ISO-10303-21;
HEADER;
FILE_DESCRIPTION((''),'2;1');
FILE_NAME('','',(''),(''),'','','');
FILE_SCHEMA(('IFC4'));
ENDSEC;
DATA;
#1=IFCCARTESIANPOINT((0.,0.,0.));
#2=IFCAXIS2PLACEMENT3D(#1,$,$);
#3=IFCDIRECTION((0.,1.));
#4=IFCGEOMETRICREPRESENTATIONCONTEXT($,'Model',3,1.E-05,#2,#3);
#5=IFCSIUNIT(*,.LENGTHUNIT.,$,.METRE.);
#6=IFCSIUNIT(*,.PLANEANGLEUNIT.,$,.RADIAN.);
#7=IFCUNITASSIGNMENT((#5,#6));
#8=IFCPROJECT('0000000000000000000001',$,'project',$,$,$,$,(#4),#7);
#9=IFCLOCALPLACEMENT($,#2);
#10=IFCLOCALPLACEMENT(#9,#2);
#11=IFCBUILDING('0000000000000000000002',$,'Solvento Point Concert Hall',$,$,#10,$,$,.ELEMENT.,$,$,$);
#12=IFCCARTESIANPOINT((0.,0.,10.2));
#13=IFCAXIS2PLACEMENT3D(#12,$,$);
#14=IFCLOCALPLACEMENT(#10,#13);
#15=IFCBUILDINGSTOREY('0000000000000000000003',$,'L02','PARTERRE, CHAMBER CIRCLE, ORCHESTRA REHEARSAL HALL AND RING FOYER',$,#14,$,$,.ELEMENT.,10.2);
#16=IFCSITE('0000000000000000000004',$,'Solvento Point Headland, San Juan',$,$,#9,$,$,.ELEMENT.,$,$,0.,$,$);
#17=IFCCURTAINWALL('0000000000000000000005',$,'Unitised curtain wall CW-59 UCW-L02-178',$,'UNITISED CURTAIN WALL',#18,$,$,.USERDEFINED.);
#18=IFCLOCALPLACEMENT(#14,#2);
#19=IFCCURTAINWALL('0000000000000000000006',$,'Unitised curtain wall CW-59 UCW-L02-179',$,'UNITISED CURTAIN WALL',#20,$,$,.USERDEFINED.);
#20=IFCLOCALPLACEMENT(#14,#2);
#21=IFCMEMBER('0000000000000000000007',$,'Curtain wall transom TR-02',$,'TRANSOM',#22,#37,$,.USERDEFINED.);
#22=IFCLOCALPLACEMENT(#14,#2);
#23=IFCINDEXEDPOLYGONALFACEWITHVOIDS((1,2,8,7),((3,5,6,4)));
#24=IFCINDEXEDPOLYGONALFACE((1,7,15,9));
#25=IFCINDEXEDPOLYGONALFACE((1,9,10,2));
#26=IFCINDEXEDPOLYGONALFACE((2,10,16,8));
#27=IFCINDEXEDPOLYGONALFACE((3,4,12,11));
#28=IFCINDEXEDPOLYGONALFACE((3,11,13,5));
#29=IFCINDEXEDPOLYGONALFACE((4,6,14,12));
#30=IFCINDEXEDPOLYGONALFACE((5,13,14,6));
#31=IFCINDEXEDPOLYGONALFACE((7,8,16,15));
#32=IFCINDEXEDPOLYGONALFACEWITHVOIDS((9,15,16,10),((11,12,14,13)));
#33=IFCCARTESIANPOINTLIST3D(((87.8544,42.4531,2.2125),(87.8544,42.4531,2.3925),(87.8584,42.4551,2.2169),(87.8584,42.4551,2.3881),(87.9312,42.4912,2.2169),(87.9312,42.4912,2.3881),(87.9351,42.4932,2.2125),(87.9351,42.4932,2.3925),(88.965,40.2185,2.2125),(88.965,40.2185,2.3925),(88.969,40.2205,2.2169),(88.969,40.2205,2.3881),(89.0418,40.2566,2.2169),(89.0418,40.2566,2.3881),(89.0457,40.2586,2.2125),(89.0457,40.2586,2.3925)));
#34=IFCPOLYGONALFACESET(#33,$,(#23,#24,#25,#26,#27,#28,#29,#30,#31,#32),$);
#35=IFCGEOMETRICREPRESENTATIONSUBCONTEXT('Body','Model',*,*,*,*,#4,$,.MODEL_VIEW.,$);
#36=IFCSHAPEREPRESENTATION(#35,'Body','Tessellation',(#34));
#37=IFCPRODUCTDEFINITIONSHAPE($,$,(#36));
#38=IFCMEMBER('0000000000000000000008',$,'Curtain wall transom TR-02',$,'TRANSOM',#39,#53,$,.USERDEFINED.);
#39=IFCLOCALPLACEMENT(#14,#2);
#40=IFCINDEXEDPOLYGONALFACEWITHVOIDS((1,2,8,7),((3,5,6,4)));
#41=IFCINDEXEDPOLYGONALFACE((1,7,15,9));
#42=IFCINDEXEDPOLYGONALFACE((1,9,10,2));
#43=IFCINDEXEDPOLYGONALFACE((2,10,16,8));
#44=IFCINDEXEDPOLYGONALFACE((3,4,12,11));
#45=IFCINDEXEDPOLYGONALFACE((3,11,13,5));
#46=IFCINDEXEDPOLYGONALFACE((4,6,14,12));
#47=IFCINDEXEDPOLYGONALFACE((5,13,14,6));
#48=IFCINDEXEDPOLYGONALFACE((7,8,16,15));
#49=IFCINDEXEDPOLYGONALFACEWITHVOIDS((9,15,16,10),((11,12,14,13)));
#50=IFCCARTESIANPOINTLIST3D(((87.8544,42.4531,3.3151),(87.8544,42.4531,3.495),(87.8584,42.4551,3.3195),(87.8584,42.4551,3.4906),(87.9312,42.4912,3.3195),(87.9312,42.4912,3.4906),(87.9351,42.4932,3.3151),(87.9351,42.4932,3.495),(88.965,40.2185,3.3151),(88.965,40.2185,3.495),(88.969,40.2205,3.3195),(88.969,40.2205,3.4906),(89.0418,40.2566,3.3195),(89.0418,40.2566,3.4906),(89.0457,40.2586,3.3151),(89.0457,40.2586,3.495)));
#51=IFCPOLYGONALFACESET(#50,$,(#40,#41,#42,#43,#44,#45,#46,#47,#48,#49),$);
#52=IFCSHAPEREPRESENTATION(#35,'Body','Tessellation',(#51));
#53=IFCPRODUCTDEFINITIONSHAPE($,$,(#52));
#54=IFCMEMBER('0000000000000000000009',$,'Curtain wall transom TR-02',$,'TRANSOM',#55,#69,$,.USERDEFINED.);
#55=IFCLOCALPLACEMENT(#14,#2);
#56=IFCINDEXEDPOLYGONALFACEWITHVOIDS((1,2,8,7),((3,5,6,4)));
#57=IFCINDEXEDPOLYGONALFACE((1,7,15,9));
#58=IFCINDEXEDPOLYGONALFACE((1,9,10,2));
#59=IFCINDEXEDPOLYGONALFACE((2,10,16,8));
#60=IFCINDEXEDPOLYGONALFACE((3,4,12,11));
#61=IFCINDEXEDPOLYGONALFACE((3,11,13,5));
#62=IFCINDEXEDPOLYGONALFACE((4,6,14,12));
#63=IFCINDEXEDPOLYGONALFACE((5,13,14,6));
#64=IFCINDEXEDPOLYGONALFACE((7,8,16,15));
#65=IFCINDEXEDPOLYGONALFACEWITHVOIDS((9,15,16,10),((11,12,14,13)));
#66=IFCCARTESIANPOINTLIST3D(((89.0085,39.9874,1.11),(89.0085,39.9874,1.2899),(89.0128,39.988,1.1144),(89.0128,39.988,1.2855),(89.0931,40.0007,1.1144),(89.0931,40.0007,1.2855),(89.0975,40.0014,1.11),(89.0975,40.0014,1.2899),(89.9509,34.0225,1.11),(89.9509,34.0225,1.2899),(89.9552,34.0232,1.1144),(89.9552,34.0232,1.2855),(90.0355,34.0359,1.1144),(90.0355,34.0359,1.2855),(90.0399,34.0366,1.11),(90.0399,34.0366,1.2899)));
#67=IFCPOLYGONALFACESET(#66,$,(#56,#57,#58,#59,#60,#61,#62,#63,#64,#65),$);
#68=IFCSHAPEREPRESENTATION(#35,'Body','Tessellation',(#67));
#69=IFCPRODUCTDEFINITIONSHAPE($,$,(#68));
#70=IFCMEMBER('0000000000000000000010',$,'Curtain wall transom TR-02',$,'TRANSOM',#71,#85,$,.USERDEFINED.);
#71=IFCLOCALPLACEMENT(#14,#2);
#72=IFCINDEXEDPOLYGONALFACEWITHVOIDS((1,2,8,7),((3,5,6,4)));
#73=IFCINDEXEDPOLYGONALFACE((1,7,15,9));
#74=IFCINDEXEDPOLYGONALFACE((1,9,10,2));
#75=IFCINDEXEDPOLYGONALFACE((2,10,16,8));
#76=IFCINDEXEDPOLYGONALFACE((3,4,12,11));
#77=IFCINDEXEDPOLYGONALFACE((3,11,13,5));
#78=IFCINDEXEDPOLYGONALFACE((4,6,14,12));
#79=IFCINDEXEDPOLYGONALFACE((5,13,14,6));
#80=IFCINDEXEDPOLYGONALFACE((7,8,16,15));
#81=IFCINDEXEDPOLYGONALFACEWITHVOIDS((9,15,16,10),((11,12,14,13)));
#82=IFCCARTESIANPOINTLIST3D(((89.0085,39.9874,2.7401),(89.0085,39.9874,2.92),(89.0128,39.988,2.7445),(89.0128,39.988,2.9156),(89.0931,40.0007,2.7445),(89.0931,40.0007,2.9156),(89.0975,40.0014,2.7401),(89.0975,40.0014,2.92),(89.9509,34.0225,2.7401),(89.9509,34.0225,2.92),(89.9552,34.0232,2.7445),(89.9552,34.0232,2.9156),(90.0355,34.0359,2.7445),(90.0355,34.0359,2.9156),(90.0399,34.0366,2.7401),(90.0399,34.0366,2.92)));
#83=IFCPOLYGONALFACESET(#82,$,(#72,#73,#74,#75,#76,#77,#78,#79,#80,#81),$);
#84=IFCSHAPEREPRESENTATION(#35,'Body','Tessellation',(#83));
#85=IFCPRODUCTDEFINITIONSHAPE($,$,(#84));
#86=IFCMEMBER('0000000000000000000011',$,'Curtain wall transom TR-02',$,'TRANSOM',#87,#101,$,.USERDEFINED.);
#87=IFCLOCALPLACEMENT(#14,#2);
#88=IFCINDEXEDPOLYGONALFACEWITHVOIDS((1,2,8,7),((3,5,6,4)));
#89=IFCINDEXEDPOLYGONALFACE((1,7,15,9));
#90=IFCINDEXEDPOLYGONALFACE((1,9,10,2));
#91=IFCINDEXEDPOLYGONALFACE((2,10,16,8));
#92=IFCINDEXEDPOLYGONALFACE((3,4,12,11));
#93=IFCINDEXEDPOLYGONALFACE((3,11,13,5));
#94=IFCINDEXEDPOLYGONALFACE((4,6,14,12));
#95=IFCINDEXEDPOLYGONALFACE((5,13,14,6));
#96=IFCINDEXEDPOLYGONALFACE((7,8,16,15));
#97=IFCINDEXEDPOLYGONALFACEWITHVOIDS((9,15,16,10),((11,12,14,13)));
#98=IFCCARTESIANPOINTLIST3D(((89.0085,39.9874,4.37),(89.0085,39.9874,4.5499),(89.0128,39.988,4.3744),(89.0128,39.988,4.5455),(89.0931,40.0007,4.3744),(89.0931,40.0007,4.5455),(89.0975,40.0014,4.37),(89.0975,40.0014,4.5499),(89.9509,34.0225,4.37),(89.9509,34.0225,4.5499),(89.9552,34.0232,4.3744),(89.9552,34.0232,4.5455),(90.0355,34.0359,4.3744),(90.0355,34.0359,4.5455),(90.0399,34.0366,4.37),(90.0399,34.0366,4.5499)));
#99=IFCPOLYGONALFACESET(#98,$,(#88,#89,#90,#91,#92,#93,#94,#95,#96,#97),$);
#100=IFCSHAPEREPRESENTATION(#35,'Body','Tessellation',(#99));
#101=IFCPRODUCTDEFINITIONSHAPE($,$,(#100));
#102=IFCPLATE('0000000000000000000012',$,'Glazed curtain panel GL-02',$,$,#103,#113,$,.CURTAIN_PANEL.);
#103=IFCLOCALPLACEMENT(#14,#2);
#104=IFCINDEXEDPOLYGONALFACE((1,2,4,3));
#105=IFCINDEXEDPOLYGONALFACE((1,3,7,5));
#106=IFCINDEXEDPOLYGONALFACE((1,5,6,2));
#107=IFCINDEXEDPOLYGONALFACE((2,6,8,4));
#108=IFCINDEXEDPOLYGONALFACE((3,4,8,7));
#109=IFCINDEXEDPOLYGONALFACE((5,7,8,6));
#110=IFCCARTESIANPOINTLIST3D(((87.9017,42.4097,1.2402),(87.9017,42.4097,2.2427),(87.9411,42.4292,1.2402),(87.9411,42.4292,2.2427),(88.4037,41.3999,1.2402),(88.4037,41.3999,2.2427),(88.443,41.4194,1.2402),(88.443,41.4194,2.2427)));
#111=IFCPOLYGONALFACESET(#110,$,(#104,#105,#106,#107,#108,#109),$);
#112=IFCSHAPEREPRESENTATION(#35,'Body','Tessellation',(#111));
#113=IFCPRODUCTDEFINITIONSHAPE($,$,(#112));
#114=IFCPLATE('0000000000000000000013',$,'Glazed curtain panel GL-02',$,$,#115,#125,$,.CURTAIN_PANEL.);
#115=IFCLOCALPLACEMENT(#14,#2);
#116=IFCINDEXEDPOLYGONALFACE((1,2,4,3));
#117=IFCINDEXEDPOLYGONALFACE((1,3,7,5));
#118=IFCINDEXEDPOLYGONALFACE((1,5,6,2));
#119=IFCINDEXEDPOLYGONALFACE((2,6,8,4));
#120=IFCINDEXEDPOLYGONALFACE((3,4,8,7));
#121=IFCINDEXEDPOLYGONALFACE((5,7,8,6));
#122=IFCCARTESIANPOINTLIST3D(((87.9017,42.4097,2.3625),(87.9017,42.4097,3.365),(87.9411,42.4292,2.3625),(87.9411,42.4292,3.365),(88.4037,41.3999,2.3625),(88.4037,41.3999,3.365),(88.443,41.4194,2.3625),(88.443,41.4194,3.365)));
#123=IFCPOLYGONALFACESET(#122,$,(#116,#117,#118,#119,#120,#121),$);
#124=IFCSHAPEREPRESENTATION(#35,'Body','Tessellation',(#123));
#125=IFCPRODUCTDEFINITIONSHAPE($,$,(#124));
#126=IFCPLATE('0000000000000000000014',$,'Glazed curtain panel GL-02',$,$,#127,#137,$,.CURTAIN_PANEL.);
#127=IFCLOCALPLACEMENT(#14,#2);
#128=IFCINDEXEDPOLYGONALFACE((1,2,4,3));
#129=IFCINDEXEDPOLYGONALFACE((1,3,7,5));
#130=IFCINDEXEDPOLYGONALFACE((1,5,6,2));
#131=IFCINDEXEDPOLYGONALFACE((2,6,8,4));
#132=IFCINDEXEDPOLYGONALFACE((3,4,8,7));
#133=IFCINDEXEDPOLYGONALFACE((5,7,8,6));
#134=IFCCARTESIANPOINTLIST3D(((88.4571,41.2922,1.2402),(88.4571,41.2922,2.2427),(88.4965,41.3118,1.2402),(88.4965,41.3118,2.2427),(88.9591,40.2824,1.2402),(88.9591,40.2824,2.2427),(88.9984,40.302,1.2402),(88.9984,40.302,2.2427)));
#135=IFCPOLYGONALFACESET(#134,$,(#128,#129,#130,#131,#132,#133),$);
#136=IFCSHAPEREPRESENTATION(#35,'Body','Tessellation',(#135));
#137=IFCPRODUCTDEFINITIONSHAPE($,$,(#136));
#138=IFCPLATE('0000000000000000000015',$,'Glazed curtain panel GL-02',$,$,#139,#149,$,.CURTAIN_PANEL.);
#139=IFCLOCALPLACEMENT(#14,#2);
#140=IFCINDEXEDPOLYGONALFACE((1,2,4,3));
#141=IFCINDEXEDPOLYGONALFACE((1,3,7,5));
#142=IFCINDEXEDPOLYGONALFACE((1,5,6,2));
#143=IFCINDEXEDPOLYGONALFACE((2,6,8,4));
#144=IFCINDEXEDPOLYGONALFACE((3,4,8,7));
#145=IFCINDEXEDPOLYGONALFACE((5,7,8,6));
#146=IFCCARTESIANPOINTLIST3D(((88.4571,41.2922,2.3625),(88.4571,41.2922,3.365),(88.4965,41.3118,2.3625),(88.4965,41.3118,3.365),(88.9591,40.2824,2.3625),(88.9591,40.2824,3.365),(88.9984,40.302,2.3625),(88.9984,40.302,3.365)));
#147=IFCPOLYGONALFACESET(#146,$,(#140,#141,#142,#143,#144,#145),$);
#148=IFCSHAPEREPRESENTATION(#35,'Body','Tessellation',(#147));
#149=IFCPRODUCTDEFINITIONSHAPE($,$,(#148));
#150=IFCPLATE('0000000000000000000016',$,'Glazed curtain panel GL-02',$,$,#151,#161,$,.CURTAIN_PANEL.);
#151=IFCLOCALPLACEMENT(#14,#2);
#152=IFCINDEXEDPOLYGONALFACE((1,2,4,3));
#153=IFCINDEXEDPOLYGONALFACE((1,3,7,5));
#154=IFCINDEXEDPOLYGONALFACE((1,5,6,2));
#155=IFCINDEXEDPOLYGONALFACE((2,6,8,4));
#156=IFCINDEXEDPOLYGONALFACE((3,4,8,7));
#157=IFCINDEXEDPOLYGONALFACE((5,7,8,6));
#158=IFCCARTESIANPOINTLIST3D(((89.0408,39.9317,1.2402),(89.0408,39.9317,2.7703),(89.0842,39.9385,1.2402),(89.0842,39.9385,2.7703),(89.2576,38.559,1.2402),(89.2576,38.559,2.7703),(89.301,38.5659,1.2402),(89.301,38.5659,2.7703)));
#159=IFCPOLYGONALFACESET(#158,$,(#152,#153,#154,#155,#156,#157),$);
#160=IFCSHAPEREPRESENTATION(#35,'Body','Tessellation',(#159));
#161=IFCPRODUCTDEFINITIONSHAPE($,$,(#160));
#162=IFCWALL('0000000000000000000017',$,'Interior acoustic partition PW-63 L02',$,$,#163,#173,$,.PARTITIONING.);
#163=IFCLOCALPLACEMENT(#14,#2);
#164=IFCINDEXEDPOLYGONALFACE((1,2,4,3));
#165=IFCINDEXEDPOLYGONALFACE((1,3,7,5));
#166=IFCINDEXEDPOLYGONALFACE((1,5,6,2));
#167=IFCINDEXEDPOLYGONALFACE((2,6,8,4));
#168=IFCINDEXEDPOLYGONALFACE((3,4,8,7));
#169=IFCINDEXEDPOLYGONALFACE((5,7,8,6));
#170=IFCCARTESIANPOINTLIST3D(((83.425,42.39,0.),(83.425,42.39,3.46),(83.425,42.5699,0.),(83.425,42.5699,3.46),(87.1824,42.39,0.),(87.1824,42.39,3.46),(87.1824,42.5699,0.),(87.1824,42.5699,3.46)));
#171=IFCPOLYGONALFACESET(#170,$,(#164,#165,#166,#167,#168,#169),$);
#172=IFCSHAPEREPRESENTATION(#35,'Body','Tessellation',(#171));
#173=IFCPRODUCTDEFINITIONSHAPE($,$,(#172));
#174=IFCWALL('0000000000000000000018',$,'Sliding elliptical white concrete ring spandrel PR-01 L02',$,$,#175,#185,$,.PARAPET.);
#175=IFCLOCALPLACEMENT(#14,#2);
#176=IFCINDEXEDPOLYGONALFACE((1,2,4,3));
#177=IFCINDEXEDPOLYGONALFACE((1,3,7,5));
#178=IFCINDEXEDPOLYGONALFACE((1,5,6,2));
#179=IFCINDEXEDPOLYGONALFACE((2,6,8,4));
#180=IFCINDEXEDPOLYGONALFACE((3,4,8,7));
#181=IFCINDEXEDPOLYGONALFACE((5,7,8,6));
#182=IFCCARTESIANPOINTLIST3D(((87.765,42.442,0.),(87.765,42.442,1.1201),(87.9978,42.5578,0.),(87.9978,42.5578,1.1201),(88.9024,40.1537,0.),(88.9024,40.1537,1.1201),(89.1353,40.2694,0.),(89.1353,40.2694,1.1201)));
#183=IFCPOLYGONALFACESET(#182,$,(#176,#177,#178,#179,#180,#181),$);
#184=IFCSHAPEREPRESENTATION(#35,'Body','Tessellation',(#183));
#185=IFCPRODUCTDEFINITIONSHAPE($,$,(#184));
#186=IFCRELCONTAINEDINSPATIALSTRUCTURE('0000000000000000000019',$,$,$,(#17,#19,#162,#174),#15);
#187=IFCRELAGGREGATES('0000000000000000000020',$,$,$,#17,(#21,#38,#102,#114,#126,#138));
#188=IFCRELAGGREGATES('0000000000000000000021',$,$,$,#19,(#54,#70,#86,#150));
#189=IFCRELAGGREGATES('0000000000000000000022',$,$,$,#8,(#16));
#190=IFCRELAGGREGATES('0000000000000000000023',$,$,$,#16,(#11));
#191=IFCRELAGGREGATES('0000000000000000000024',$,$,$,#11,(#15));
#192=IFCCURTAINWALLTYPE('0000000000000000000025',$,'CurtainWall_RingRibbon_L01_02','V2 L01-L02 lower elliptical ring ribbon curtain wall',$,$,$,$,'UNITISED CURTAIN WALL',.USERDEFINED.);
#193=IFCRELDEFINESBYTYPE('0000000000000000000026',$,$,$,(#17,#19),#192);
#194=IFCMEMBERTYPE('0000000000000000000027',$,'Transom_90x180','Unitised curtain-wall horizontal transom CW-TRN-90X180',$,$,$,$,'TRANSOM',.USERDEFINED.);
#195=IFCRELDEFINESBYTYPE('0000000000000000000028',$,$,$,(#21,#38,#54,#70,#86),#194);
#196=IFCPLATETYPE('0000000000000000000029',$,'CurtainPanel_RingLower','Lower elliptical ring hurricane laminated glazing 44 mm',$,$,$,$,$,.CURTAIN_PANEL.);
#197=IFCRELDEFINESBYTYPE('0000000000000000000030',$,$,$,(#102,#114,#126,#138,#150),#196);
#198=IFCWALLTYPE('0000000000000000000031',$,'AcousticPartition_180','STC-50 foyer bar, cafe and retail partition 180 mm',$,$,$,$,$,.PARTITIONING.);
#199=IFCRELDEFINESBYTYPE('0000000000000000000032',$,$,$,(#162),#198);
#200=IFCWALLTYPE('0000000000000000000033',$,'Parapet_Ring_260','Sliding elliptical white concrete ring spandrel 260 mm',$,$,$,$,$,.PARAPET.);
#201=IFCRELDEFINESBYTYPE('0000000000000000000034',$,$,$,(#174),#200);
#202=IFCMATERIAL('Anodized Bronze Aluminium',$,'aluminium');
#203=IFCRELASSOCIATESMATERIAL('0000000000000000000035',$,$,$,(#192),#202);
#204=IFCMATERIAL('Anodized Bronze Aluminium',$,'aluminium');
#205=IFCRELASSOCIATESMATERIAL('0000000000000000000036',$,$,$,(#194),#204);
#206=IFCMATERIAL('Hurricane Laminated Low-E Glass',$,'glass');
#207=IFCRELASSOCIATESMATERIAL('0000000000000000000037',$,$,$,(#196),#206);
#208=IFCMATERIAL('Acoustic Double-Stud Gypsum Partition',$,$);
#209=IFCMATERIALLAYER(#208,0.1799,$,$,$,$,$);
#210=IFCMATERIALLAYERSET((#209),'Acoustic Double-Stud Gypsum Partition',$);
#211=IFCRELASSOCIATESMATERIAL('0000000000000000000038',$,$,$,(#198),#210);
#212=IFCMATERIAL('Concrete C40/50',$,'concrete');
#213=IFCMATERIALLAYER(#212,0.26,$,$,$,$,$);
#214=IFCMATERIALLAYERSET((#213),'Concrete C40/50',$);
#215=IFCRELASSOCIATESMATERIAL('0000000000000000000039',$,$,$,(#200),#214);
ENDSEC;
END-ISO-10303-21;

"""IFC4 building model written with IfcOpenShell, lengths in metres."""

from ifc_helpers import new_model, si_unit, direction, frame, frame_2d, origin, origin_2d, place, context, subcontext, project, spatial, rectangle, hollow_rectangle, extrude, material, layer, layer_set, material_profile, profile_set, type_object, element, aggregate, save


model = new_model("IFC4")

# Units and contexts
model_context = context("Model", 3, precision=1e-05, world=origin(), true_north=direction((0.0, 1.0)))
body_context = subcontext(model_context, "Body", "Model", "MODEL_VIEW")
ifc_project = project(units=[si_unit("LENGTHUNIT", "METRE"), si_unit("PLANEANGLEUNIT", "RADIAN")], contexts=[model_context])

# Site, building, storey
site_placement = place(None, origin())
site = spatial("IfcSite", under=ifc_project, at=site_placement, Name="Solvento Point Headland, San Juan", CompositionType="ELEMENT", RefElevation=0.0)
building_placement = place(site_placement, origin())
building = spatial("IfcBuilding", under=site, at=building_placement, Name="Solvento Point Concert Hall", CompositionType="ELEMENT")
storey_placement = place(building_placement, frame((0.0, 0.0, 10.2)))
storey = spatial("IfcBuildingStorey", under=building, at=storey_placement, Name="L02", Description="PARTERRE, CHAMBER CIRCLE, ORCHESTRA REHEARSAL HALL AND RING FOYER", CompositionType="ELEMENT", Elevation=10.2)

# Curtain wall
ifc_material_1 = material(Name="Anodized Bronze Aluminium", Category="aluminium")
curtain_wall_type = type_object("IfcCurtainWallType", Name="CurtainWall_RingRibbon_L01_02", Description="V2 L01-L02 lower elliptical ring ribbon curtain wall", ElementType="UNITISED CURTAIN WALL", PredefinedType="USERDEFINED", material=ifc_material_1)
curtain_wall_1_placement = place(storey_placement, origin())
curtain_wall_1 = element("IfcCurtainWall", 1, at=curtain_wall_1_placement, inside=storey, type_object=curtain_wall_type, Name="Unitised curtain wall CW-59 UCW-L02-178", ObjectType="UNITISED CURTAIN WALL", PredefinedType="USERDEFINED")

# Curtain wall
curtain_wall_2_placement = place(storey_placement, origin())
curtain_wall_2 = element("IfcCurtainWall", 2, at=curtain_wall_2_placement, inside=storey, type_object=curtain_wall_type, Name="Unitised curtain wall CW-59 UCW-L02-179", ObjectType="UNITISED CURTAIN WALL", PredefinedType="USERDEFINED")

# Members
ifc_material_2 = material(Name="Anodized Bronze Aluminium", Category="aluminium")
ifc_material_profile_1 = material_profile(ifc_material_2, hollow_rectangle(XDim=0.0901, YDim=0.1799, WallThickness=0.0044, at=origin_2d()), Name="CW-TRN-90X180")
ifc_profile_set_1 = profile_set([ifc_material_profile_1], Name="Anodized Bronze Aluminium")
member_type_1 = type_object("IfcMemberType", Name="Transom_90x180", Description="Unitised curtain-wall horizontal transom CW-TRN-90X180", ElementType="TRANSOM", PredefinedType="USERDEFINED", material=ifc_profile_set_1)
member_1_placement = place(storey_placement, frame((87.8948, 42.4731, 2.3025), z_axis=(0.44506, -0.895501, 0.0), x_axis=(0.895501, 0.44506, 0.0)))
member_1 = element("IfcMember", 3, at=member_1_placement, type_object=member_type_1, Name="Curtain wall transom TR-02", ObjectType="TRANSOM", PredefinedType="USERDEFINED", context=body_context, shape_type="SweptSolid", body=[
    extrude(hollow_rectangle(XDim=0.0901, YDim=0.1799, WallThickness=0.0044, at=origin_2d()), origin(), (0.0, 0.0, 1.0), 2.4954),
])
member_2_placement = place(storey_placement, frame((87.8948, 42.4731, 3.405), z_axis=(0.44506, -0.895501, 0.0), x_axis=(0.895501, 0.44506, 0.0)))
member_2 = element("IfcMember", 4, at=member_2_placement, type_object=member_type_1, Name="Curtain wall transom TR-02", ObjectType="TRANSOM", PredefinedType="USERDEFINED", context=body_context, shape_type="SweptSolid", body=[
    extrude(hollow_rectangle(XDim=0.0901, YDim=0.1799, WallThickness=0.0044, at=origin_2d()), origin(), (0.0, 0.0, 1.0), 2.4954),
])
member_3_placement = place(storey_placement, frame((89.053, 39.9944, 1.2), z_axis=(0.156054, -0.987749, 0.0), x_axis=(0.987749, 0.156054, 0.0)))
member_3 = element("IfcMember", 5, at=member_3_placement, type_object=member_type_1, Name="Curtain wall transom TR-02", ObjectType="TRANSOM", PredefinedType="USERDEFINED", context=body_context, shape_type="SweptSolid", body=[
    extrude(hollow_rectangle(XDim=0.0901, YDim=0.1799, WallThickness=0.0044, at=origin_2d()), origin(), (0.0, 0.0, 1.0), 6.0388),
])
member_4_placement = place(storey_placement, frame((89.053, 39.9944, 2.8301), z_axis=(0.156054, -0.987749, 0.0), x_axis=(0.987749, 0.156054, 0.0)))
member_4 = element("IfcMember", 6, at=member_4_placement, type_object=member_type_1, Name="Curtain wall transom TR-02", ObjectType="TRANSOM", PredefinedType="USERDEFINED", context=body_context, shape_type="SweptSolid", body=[
    extrude(hollow_rectangle(XDim=0.0901, YDim=0.1799, WallThickness=0.0044, at=origin_2d()), origin(), (0.0, 0.0, 1.0), 6.0388),
])
member_5_placement = place(storey_placement, frame((89.053, 39.9944, 4.46), z_axis=(0.156054, -0.987749, 0.0), x_axis=(0.987749, 0.156054, 0.0)))
member_5 = element("IfcMember", 7, at=member_5_placement, type_object=member_type_1, Name="Curtain wall transom TR-02", ObjectType="TRANSOM", PredefinedType="USERDEFINED", context=body_context, shape_type="SweptSolid", body=[
    extrude(hollow_rectangle(XDim=0.0901, YDim=0.1799, WallThickness=0.0044, at=origin_2d()), origin(), (0.0, 0.0, 1.0), 6.0388),
])

# Plates
ifc_material_3 = material(Name="Hurricane Laminated Low-E Glass", Category="glass")
plate_type = type_object("IfcPlateType", Name="CurtainPanel_RingLower", Description="Lower elliptical ring hurricane laminated glazing 44 mm", PredefinedType="CURTAIN_PANEL", material=ifc_material_3)
plate_1_placement = place(storey_placement, frame((88.1724, 41.9146, 1.2402), z_axis=(0.0, 0.0, 1.0), x_axis=(0.445099, -0.895481, 0.0)))
plate_1 = element("IfcPlate", 8, at=plate_1_placement, type_object=plate_type, Name="Glazed curtain panel GL-02", PredefinedType="CURTAIN_PANEL", context=body_context, shape_type="SweptSolid", body=[
    extrude(rectangle(XDim=1.1277, YDim=0.0439, at=origin_2d()), origin(), (0.0, 0.0, 1.0), 1.0024),
])
plate_2_placement = place(storey_placement, frame((88.1724, 41.9146, 2.3625), z_axis=(0.0, 0.0, 1.0), x_axis=(0.445099, -0.895481, 0.0)))
plate_2 = element("IfcPlate", 9, at=plate_2_placement, type_object=plate_type, Name="Glazed curtain panel GL-02", PredefinedType="CURTAIN_PANEL", context=body_context, shape_type="SweptSolid", body=[
    extrude(rectangle(XDim=1.1277, YDim=0.0439, at=origin_2d()), origin(), (0.0, 0.0, 1.0), 1.0024),
])
plate_3_placement = place(storey_placement, frame((88.7278, 40.7971, 1.2402), z_axis=(0.0, 0.0, 1.0), x_axis=(0.445099, -0.895481, 0.0)))
plate_3 = element("IfcPlate", 10, at=plate_3_placement, type_object=plate_type, Name="Glazed curtain panel GL-02", PredefinedType="CURTAIN_PANEL", context=body_context, shape_type="SweptSolid", body=[
    extrude(rectangle(XDim=1.1277, YDim=0.0439, at=origin_2d()), origin(), (0.0, 0.0, 1.0), 1.0024),
])
plate_4_placement = place(storey_placement, frame((88.7278, 40.7971, 2.3625), z_axis=(0.0, 0.0, 1.0), x_axis=(0.445099, -0.895481, 0.0)))
plate_4 = element("IfcPlate", 11, at=plate_4_placement, type_object=plate_type, Name="Glazed curtain panel GL-02", PredefinedType="CURTAIN_PANEL", context=body_context, shape_type="SweptSolid", body=[
    extrude(rectangle(XDim=1.1277, YDim=0.0439, at=origin_2d()), origin(), (0.0, 0.0, 1.0), 1.0024),
])
aggregate(curtain_wall_1, [member_1, member_2, plate_1, plate_2, plate_3, plate_4])
plate_5_placement = place(storey_placement, frame((89.1709, 39.2488, 1.2402), z_axis=(0.0, 0.0, 1.0), x_axis=(0.156041, -0.987751, 0.0)))
plate_5 = element("IfcPlate", 12, at=plate_5_placement, type_object=plate_type, Name="Glazed curtain panel GL-02", PredefinedType="CURTAIN_PANEL", context=body_context, shape_type="SweptSolid", body=[
    extrude(rectangle(XDim=1.3896, YDim=0.0439, at=origin_2d()), origin(), (0.0, 0.0, 1.0), 1.53),
])
aggregate(curtain_wall_2, [member_3, member_4, member_5, plate_5])

# Walls
ifc_material_4 = material(Name="Acoustic Double-Stud Gypsum Partition")
ifc_layer_1 = layer(ifc_material_4, 0.1799)
ifc_layer_set_1 = layer_set([ifc_layer_1], Name="Acoustic Double-Stud Gypsum Partition")
wall_type_1 = type_object("IfcWallType", Name="AcousticPartition_180", Description="STC-50 foyer bar, cafe and retail partition 180 mm", PredefinedType="PARTITIONING", material=ifc_layer_set_1)
wall_1_placement = place(storey_placement, frame((83.425, 42.48, 0.0), z_axis=(0.0, 0.0, 1.0), x_axis=(1.0, 0.0, 0.0)))
element("IfcWall", 13, at=wall_1_placement, inside=storey, type_object=wall_type_1, Name="Interior acoustic partition PW-63 L02", PredefinedType="PARTITIONING", context=body_context, shape_type="SweptSolid", body=[
    extrude(rectangle(XDim=3.7573, YDim=0.1799, at=frame_2d((1.8787, 0.0))), origin(), (0.0, 0.0, 1.0), 3.46),
])
ifc_material_5 = material(Name="Concrete C40/50", Category="concrete")
ifc_layer_2 = layer(ifc_material_5, 0.26)
ifc_layer_set_2 = layer_set([ifc_layer_2], Name="Concrete C40/50")
wall_type_2 = type_object("IfcWallType", Name="Parapet_Ring_260", Description="Sliding elliptical white concrete ring spandrel 260 mm", PredefinedType="PARAPET", material=ifc_layer_set_2)
wall_2_placement = place(storey_placement, frame((87.8813, 42.5, 0.0), z_axis=(0.0, 0.0, 1.0), x_axis=(0.445111, -0.895476, 0.0)))
element("IfcWall", 14, at=wall_2_placement, inside=storey, type_object=wall_type_2, Name="Sliding elliptical white concrete ring spandrel PR-01 L02", PredefinedType="PARAPET", context=body_context, shape_type="SweptSolid", body=[
    extrude(rectangle(XDim=2.5554, YDim=0.26, at=frame_2d((1.2778, 0.0))), origin(), (0.0, 0.0, 1.0), 1.1201),
])

save(model, "model.ifc")
